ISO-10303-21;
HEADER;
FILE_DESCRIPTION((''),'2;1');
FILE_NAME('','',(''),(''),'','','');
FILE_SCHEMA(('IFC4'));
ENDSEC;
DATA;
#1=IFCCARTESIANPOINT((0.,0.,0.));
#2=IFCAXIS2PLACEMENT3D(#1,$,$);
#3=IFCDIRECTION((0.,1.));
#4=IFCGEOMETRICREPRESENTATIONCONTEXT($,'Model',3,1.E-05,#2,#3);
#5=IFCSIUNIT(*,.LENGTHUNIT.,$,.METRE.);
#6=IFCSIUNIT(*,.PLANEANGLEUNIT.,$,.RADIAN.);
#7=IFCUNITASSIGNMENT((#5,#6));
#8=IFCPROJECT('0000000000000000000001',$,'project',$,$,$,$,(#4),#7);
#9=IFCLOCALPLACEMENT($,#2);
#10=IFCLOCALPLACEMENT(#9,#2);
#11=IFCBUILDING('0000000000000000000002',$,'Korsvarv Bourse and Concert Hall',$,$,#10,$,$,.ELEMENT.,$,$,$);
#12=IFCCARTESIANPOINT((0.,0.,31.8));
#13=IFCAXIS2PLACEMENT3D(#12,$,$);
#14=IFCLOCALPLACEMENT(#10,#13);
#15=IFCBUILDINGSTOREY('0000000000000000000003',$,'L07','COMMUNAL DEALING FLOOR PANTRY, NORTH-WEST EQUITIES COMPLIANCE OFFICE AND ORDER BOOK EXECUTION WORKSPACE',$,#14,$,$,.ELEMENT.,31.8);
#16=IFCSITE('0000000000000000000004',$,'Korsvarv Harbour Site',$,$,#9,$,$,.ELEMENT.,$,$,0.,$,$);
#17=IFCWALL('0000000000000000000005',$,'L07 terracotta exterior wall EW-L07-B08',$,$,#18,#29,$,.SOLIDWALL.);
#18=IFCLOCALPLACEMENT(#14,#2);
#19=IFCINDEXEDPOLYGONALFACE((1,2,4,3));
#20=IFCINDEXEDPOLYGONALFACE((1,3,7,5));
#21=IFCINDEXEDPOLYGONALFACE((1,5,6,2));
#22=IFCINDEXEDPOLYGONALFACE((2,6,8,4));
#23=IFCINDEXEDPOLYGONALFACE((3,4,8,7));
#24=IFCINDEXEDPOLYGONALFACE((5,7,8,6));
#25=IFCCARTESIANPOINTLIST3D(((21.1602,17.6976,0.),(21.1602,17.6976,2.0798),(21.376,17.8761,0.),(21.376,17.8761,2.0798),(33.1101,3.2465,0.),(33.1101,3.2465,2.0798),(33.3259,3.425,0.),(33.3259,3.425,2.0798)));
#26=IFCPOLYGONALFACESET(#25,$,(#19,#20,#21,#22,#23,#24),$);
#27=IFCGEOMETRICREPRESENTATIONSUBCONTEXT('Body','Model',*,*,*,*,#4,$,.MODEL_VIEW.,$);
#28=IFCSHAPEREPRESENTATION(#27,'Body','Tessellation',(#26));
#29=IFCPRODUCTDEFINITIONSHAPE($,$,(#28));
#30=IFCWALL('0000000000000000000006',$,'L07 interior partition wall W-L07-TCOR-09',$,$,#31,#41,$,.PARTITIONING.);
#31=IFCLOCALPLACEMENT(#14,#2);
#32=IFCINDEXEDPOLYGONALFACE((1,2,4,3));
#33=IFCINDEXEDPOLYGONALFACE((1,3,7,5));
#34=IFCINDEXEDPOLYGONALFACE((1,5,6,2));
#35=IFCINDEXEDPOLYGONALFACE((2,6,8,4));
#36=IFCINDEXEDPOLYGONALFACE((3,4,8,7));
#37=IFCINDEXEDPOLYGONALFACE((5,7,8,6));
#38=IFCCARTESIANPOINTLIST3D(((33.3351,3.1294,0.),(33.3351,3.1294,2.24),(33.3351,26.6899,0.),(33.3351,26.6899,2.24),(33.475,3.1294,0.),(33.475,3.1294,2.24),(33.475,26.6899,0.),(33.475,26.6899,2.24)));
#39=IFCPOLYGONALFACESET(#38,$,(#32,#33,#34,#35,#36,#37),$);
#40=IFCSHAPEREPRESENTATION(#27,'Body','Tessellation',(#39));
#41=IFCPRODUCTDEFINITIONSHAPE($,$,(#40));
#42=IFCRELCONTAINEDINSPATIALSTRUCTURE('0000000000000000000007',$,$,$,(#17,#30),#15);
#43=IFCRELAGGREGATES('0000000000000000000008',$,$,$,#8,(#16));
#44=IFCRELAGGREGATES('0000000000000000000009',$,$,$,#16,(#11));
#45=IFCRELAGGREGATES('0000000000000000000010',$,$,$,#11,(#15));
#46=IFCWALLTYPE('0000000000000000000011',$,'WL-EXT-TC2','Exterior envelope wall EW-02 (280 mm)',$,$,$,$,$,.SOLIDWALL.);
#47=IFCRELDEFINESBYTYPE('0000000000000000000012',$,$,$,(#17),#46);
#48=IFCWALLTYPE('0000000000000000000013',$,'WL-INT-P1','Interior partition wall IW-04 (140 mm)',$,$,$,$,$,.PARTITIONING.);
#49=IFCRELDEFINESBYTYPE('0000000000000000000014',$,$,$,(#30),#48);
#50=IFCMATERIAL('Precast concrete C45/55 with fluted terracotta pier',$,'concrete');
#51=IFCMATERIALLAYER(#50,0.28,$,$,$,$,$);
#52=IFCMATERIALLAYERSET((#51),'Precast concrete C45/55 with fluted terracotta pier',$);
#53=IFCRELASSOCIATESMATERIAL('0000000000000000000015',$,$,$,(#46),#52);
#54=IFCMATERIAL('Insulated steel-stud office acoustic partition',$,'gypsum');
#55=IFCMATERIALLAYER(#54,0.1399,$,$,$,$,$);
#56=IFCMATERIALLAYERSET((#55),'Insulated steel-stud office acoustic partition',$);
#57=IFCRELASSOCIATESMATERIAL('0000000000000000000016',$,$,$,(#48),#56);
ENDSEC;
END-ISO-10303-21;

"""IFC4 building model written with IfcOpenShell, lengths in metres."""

from ifc_helpers import new_model, si_unit, direction, frame, frame_2d, origin, place, context, subcontext, project, spatial, rectangle, extrude, material, layer, layer_set, type_object, element, save


model = new_model("IFC4")

# Units and contexts
model_context = context("Model", 3, precision=1e-05, world=origin(), true_north=direction((0.0, 1.0)))
body_context = subcontext(model_context, "Body", "Model", "MODEL_VIEW")
ifc_project = project(units=[si_unit("LENGTHUNIT", "METRE"), si_unit("PLANEANGLEUNIT", "RADIAN")], contexts=[model_context])

# Site, building, storey
site_placement = place(None, origin())
site = spatial("IfcSite", under=ifc_project, at=site_placement, Name="Korsvarv Harbour Site", CompositionType="ELEMENT", RefElevation=0.0)
building_placement = place(site_placement, origin())
building = spatial("IfcBuilding", under=site, at=building_placement, Name="Korsvarv Bourse and Concert Hall", CompositionType="ELEMENT")
storey_placement = place(building_placement, frame((0.0, 0.0, 31.8)))
storey = spatial("IfcBuildingStorey", under=building, at=storey_placement, Name="L07", Description="COMMUNAL DEALING FLOOR PANTRY, NORTH-WEST EQUITIES COMPLIANCE OFFICE AND ORDER BOOK EXECUTION WORKSPACE", CompositionType="ELEMENT", Elevation=31.8)

# Walls
ifc_material_1 = material(Name="Precast concrete C45/55 with fluted terracotta pier", Category="concrete")
ifc_layer_1 = layer(ifc_material_1, 0.28)
ifc_layer_set_1 = layer_set([ifc_layer_1], Name="Precast concrete C45/55 with fluted terracotta pier")
wall_type_1 = type_object("IfcWallType", Name="WL-EXT-TC2", Description="Exterior envelope wall EW-02 (280 mm)", PredefinedType="SOLIDWALL", material=ifc_layer_set_1)
wall_1_placement = place(storey_placement, frame((21.2681, 17.7869, 0.0), z_axis=(0.0, 0.0, 1.0), x_axis=(0.637263, -0.770647, 0.0)))
element("IfcWall", 1, at=wall_1_placement, inside=storey, type_object=wall_type_1, Name="L07 terracotta exterior wall EW-L07-B08", PredefinedType="SOLIDWALL", context=body_context, shape_type="SweptSolid", body=[
    extrude(rectangle(XDim=18.752, YDim=0.28, at=frame_2d((9.376, 0.0))), origin(), (0.0, 0.0, 1.0), 2.0798),
])
ifc_material_2 = material(Name="Insulated steel-stud office acoustic partition", Category="gypsum")
ifc_layer_2 = layer(ifc_material_2, 0.1399)
ifc_layer_set_2 = layer_set([ifc_layer_2], Name="Insulated steel-stud office acoustic partition")
wall_type_2 = type_object("IfcWallType", Name="WL-INT-P1", Description="Interior partition wall IW-04 (140 mm)", PredefinedType="PARTITIONING", material=ifc_layer_set_2)
wall_2_placement = place(storey_placement, frame((33.405, 3.1294, 0.0), z_axis=(0.0, 0.0, 1.0), x_axis=(0.0, 1.0, 0.0)))
element("IfcWall", 2, at=wall_2_placement, inside=storey, type_object=wall_type_2, Name="L07 interior partition wall W-L07-TCOR-09", PredefinedType="PARTITIONING", context=body_context, shape_type="SweptSolid", body=[
    extrude(rectangle(XDim=23.5605, YDim=0.1399, at=frame_2d((11.7803, 0.0))), origin(), (0.0, 0.0, 1.0), 2.24),
])

save(model, "model.ifc")
